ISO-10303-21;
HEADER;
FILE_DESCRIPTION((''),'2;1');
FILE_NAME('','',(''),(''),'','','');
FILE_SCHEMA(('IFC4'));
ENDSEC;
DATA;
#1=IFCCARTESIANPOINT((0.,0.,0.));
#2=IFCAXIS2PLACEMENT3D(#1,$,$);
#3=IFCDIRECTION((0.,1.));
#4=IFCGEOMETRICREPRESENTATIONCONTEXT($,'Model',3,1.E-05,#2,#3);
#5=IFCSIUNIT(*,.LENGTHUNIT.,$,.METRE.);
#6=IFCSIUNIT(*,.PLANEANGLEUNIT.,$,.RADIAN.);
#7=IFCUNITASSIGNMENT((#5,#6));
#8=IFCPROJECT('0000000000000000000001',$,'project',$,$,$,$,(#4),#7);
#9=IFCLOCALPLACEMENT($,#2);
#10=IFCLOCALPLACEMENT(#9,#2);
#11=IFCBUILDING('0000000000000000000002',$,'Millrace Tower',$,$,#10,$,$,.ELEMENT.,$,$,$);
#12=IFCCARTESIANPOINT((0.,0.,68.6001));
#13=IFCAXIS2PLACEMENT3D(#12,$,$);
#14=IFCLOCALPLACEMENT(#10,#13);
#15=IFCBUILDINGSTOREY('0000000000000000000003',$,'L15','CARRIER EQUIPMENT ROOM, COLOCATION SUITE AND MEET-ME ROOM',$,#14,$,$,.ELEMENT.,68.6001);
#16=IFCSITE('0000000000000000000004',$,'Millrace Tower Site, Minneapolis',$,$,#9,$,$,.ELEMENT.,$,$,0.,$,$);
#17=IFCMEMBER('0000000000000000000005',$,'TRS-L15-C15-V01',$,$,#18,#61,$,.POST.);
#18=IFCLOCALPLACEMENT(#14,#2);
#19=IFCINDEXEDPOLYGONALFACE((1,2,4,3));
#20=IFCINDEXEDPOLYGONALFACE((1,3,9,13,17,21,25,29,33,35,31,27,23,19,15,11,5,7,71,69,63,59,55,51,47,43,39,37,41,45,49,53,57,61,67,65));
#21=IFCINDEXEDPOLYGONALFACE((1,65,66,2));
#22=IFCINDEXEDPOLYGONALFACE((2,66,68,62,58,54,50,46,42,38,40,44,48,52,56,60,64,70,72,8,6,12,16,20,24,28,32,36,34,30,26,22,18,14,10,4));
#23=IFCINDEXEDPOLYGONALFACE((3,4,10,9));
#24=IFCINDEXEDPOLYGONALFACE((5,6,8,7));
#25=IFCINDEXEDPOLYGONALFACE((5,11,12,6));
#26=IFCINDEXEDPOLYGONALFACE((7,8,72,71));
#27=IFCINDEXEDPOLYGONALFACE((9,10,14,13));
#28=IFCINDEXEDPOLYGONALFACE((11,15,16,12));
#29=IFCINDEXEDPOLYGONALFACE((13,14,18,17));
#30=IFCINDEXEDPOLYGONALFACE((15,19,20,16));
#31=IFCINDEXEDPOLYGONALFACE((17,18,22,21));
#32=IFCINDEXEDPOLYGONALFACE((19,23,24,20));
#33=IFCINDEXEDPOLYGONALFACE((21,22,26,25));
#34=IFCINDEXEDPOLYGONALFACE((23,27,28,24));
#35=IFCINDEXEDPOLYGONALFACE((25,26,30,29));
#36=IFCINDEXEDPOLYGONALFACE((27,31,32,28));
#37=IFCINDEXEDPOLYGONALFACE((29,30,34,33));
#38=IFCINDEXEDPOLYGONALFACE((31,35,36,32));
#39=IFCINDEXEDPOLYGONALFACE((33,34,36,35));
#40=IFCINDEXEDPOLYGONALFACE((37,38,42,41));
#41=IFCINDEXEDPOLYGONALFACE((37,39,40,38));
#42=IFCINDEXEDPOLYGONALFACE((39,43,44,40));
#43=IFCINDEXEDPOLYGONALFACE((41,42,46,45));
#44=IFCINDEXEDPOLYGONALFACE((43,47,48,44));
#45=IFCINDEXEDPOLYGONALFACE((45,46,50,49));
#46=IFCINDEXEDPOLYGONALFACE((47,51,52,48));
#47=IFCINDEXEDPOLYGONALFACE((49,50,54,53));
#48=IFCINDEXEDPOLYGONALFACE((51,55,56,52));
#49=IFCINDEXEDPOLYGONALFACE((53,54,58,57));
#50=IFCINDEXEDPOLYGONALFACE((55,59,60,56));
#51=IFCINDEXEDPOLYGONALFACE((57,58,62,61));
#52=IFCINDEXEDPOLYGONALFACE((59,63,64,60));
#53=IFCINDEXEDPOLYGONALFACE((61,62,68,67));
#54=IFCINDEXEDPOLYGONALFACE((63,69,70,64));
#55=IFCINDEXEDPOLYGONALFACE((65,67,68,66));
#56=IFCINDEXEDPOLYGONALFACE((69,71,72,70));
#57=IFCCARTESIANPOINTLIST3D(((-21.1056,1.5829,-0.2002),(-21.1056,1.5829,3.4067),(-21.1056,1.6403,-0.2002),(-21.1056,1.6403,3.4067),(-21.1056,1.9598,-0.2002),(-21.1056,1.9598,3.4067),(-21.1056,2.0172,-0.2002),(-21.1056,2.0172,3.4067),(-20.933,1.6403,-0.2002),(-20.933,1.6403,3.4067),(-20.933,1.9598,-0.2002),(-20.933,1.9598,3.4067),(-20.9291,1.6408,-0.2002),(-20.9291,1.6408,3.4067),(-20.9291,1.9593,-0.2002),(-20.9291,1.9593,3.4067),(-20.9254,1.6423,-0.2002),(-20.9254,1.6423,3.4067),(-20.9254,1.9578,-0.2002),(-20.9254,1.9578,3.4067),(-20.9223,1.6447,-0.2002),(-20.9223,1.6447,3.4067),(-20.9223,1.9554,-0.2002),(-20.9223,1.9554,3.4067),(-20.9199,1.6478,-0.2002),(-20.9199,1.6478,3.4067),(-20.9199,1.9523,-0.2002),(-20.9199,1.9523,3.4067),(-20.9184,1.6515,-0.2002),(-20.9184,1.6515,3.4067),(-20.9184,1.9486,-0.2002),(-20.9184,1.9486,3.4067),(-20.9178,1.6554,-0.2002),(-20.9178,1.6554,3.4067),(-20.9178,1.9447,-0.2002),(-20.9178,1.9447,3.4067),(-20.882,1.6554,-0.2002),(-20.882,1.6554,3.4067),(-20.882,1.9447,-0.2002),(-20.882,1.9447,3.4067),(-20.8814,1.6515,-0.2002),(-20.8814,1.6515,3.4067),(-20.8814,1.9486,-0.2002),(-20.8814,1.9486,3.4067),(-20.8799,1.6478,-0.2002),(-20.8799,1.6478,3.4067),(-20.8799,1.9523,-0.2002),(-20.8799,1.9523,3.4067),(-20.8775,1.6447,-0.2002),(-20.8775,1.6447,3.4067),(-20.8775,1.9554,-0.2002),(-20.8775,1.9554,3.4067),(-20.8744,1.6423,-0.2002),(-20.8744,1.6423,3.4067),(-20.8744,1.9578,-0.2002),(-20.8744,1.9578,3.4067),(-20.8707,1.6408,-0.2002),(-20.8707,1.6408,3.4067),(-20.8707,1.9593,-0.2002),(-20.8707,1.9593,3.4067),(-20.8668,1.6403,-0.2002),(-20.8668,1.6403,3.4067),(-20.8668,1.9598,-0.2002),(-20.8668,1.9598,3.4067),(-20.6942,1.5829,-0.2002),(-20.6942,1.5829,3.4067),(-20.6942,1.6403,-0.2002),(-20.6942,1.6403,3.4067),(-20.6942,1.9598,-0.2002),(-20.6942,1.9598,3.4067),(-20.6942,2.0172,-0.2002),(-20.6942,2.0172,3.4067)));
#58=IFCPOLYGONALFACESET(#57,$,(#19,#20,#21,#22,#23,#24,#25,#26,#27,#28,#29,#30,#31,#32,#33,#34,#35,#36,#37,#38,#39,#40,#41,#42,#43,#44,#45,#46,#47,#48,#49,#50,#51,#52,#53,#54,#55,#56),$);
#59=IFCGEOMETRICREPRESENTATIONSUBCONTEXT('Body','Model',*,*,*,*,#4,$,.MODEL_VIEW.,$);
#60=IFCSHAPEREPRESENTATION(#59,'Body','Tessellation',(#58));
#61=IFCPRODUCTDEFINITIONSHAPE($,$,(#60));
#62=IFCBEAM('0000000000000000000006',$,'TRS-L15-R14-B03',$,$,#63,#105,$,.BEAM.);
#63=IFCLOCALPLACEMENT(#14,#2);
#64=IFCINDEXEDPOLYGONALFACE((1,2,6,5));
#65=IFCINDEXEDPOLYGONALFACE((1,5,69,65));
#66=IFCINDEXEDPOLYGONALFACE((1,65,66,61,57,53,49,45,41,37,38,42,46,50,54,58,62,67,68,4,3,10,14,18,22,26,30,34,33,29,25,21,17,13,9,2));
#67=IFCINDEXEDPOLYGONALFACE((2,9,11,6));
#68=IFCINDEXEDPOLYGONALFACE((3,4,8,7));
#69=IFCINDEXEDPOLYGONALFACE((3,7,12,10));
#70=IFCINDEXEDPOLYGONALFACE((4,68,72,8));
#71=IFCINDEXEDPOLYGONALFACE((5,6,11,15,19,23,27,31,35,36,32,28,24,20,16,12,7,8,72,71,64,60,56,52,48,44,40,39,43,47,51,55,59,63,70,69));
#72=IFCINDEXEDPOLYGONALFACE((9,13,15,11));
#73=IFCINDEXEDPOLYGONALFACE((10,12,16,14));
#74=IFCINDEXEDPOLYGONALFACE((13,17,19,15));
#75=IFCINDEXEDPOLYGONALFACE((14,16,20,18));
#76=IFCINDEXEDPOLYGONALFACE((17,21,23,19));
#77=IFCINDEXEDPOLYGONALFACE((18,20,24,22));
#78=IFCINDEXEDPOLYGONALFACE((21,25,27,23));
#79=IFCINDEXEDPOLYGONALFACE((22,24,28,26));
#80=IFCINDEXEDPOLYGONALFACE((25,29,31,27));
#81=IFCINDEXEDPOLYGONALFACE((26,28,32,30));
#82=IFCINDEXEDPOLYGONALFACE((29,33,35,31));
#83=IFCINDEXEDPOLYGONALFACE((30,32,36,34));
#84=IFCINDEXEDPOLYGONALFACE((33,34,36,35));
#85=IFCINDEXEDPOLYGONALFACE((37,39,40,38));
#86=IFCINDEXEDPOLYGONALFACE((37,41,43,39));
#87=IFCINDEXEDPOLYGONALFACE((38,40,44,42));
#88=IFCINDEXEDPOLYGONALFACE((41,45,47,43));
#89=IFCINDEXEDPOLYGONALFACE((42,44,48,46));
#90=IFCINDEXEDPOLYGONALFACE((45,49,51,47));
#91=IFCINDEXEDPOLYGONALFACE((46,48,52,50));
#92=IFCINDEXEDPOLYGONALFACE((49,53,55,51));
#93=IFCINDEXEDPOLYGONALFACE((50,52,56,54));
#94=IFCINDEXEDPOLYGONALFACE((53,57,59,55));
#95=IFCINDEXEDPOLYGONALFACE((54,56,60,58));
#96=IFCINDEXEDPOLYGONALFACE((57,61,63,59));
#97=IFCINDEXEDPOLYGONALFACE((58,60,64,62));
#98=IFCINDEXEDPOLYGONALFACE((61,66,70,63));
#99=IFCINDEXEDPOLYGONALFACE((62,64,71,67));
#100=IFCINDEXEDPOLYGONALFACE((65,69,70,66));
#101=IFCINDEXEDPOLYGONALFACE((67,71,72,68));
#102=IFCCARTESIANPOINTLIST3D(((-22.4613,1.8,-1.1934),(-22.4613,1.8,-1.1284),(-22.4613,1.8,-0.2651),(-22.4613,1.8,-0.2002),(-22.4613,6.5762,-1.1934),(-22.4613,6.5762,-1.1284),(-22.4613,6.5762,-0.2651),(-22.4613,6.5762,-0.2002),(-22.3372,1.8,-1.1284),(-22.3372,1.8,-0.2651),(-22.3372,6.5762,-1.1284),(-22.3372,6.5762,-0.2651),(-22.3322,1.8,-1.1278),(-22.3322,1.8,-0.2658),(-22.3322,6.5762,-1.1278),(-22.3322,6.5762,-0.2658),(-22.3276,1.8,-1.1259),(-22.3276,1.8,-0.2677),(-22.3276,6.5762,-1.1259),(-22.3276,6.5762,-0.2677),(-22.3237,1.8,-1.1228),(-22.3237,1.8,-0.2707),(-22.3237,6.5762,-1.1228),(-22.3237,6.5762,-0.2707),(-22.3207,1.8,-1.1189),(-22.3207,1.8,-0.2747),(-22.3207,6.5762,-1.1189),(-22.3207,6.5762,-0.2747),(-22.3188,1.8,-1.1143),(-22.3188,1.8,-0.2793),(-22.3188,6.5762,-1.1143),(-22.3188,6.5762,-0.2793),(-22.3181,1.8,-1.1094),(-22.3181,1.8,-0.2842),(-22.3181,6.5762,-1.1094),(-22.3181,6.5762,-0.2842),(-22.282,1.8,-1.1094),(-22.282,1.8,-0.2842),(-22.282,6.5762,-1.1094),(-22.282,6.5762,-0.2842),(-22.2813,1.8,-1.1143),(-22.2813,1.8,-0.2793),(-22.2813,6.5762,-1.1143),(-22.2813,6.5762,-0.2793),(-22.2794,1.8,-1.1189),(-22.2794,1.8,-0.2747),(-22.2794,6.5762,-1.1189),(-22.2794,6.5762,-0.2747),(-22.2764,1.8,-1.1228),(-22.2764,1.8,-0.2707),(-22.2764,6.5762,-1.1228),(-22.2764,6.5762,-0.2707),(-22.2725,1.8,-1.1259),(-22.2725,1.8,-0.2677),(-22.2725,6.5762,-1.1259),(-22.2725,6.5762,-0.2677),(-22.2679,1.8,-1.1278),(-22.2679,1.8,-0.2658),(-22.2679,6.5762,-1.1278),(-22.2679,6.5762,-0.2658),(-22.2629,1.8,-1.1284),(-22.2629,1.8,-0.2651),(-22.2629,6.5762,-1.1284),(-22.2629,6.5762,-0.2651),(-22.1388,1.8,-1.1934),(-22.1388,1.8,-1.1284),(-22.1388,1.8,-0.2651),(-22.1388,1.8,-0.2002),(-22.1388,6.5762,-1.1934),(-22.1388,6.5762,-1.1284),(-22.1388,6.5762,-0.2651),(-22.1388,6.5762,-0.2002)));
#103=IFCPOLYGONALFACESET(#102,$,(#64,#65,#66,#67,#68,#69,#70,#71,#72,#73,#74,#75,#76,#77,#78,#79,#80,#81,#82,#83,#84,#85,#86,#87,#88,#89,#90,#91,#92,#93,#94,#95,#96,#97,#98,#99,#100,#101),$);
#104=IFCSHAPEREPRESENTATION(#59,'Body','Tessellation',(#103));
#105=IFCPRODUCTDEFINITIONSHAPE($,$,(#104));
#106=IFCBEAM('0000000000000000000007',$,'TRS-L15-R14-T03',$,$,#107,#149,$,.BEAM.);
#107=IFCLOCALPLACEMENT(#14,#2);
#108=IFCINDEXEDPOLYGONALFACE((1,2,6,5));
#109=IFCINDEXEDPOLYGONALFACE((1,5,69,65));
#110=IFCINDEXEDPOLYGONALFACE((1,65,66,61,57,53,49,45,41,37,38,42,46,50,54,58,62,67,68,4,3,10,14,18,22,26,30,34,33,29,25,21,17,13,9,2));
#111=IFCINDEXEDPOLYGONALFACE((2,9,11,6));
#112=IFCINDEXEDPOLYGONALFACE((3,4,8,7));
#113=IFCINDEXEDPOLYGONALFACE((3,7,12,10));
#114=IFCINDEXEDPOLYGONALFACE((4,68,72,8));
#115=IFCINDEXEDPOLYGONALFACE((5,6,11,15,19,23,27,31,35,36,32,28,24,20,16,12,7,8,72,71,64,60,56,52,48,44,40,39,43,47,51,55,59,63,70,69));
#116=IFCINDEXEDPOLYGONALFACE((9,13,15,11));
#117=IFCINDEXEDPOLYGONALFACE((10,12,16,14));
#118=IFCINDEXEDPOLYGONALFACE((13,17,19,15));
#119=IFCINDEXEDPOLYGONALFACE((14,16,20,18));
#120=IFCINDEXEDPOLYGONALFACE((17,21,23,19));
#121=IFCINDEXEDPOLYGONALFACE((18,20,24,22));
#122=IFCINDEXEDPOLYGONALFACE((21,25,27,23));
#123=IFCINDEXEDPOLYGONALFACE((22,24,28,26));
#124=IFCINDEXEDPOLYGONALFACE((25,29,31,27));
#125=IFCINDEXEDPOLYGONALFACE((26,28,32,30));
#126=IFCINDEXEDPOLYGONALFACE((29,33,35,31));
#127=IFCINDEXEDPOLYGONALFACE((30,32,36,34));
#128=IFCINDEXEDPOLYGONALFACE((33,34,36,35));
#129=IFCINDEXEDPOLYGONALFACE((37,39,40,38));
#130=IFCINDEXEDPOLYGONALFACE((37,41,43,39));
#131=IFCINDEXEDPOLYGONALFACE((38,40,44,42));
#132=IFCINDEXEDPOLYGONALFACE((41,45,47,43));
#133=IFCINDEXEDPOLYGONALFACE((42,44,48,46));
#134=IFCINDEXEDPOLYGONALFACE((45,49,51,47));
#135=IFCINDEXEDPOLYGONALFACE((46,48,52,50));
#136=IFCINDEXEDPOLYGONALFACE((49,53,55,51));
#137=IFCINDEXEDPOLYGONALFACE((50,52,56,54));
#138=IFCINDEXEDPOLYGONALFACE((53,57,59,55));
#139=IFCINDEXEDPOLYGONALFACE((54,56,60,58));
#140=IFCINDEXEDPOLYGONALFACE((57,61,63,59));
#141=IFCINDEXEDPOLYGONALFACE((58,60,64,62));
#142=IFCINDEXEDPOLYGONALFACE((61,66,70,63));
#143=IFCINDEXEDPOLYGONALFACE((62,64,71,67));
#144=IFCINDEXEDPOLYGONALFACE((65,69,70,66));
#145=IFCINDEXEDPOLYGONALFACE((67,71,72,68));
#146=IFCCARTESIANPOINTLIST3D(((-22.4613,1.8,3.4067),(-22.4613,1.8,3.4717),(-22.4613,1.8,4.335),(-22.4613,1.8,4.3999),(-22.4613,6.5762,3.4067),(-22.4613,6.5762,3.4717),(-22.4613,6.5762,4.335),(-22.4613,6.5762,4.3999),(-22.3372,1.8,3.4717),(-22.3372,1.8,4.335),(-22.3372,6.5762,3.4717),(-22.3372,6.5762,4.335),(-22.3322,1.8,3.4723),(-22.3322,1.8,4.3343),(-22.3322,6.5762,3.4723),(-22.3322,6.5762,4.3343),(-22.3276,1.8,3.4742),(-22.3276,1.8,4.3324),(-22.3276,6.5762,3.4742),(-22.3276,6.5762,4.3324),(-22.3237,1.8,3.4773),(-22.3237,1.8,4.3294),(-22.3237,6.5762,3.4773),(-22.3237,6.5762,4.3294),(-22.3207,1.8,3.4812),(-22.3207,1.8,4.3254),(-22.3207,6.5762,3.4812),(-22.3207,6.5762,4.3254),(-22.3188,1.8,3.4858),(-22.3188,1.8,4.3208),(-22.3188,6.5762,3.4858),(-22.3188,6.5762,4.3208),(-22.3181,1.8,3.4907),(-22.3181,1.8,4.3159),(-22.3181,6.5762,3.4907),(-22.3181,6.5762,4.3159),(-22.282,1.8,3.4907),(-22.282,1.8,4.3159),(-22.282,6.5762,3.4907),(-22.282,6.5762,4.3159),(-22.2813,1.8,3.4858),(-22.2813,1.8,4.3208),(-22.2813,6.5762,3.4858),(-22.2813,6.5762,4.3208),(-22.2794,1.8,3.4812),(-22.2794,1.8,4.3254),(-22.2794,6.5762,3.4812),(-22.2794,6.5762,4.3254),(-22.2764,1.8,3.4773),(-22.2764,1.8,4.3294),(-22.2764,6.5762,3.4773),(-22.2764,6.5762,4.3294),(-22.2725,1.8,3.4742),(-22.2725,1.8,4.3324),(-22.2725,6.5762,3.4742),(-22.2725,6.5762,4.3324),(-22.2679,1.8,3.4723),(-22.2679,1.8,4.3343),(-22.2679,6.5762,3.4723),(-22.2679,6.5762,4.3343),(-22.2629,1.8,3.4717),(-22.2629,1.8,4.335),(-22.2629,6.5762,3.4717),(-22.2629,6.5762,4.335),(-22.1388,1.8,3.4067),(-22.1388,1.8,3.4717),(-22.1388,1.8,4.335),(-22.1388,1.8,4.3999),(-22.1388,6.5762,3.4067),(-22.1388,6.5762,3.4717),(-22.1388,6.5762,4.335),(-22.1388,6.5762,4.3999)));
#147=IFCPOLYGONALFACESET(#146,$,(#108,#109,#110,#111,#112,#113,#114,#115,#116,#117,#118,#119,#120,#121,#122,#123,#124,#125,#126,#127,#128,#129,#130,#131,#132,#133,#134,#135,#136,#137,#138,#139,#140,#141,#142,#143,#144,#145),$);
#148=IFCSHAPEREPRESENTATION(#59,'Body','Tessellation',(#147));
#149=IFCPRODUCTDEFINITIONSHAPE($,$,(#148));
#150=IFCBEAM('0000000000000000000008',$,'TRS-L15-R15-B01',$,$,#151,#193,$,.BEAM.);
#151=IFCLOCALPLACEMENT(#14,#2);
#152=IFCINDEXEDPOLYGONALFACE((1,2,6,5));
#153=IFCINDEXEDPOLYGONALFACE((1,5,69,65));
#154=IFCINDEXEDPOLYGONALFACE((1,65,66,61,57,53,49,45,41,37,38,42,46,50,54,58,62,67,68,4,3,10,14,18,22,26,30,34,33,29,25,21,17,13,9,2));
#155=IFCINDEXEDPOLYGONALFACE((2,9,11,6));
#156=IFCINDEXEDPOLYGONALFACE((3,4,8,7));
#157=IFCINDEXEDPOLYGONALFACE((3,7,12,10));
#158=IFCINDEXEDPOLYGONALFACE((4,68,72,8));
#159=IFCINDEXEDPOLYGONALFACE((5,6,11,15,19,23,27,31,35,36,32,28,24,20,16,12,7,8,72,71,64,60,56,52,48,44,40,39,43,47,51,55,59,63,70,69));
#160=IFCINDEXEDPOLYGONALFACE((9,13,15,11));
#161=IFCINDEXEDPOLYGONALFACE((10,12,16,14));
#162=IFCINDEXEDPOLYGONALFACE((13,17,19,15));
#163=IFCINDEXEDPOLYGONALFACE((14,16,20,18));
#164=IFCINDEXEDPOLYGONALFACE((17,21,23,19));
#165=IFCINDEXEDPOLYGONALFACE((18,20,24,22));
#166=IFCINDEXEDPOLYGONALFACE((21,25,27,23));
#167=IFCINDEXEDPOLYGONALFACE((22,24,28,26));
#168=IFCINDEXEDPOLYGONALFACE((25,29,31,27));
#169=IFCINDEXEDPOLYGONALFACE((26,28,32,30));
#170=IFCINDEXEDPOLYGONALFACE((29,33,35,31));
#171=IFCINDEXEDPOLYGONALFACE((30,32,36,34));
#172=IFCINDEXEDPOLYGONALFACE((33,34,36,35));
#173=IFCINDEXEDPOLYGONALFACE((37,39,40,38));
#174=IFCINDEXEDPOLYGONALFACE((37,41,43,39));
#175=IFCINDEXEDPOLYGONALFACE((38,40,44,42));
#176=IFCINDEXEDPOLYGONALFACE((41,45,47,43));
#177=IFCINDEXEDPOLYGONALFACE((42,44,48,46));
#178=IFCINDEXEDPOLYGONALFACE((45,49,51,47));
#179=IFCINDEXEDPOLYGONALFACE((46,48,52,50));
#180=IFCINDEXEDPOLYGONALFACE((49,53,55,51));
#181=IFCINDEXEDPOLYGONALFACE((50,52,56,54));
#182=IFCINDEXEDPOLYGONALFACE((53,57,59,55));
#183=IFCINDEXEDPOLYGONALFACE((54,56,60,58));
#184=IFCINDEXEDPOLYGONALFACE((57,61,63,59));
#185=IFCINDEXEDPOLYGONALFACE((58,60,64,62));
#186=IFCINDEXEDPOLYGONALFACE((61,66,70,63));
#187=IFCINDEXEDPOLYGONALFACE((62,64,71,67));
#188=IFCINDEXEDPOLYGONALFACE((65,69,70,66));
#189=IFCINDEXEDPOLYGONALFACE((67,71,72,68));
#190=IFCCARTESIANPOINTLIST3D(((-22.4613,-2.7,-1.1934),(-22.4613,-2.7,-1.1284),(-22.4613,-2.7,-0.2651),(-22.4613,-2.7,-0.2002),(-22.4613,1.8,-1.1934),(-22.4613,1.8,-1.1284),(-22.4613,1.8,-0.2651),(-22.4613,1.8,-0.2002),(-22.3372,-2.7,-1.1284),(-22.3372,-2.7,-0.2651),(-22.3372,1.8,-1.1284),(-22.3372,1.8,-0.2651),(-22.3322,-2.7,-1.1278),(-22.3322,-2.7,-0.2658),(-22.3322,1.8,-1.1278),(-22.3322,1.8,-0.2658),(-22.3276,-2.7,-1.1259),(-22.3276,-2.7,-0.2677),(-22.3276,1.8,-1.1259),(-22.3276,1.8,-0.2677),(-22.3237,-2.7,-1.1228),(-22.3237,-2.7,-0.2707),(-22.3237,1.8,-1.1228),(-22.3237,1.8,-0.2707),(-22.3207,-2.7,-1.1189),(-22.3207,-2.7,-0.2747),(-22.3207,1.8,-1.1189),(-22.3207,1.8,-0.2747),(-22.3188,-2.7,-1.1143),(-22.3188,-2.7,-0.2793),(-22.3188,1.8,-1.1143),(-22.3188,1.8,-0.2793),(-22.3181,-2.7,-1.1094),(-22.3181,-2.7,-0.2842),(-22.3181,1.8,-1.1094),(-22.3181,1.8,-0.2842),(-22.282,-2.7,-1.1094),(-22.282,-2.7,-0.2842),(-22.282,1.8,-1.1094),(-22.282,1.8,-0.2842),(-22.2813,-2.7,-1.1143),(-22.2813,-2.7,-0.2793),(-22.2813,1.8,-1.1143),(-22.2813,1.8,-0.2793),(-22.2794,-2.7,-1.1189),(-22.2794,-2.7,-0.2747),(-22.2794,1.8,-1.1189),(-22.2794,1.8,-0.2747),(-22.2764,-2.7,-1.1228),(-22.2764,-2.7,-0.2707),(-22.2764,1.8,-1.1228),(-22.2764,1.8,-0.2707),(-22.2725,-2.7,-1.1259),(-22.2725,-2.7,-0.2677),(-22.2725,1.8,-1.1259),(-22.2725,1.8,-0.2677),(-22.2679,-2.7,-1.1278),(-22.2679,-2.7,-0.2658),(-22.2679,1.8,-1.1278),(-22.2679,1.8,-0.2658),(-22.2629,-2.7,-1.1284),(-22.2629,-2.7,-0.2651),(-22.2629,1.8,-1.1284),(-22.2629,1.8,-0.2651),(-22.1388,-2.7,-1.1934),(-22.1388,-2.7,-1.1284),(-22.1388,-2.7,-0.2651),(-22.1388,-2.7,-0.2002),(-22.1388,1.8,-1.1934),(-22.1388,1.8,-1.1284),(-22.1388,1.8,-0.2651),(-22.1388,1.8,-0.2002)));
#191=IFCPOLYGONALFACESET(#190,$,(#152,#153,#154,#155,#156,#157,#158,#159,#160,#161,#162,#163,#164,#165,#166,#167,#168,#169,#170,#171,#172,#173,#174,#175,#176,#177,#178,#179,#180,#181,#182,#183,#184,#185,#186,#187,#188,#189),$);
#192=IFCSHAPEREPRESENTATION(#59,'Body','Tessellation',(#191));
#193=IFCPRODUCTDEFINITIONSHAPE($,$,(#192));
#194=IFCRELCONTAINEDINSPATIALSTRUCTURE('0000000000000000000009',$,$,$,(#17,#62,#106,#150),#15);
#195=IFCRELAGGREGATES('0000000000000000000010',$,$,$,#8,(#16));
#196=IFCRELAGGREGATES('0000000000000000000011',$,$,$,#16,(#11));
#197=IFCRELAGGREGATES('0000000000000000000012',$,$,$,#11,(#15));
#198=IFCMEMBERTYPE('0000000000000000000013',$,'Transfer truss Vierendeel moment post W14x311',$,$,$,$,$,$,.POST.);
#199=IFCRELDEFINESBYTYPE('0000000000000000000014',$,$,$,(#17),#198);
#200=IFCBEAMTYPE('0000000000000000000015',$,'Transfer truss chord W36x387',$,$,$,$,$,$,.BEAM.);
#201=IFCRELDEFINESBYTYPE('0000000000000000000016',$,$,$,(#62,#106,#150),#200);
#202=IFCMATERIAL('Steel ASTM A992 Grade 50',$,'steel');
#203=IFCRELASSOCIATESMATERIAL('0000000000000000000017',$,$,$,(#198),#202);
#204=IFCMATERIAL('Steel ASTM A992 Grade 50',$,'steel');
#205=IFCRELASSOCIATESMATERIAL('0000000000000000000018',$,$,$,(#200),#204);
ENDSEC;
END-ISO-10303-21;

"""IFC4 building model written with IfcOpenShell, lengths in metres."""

from ifc_helpers import new_model, si_unit, direction, frame, origin, origin_2d, place, context, subcontext, project, spatial, i_section, extrude, material, material_profile, profile_set, type_object, element, save


model = new_model("IFC4")

# Units and contexts
model_context = context("Model", 3, precision=1e-05, world=origin(), true_north=direction((0.0, 1.0)))
body_context = subcontext(model_context, "Body", "Model", "MODEL_VIEW")
ifc_project = project(units=[si_unit("LENGTHUNIT", "METRE"), si_unit("PLANEANGLEUNIT", "RADIAN")], contexts=[model_context])

# Site, building, storey
site_placement = place(None, origin())
site = spatial("IfcSite", under=ifc_project, at=site_placement, Name="Millrace Tower Site, Minneapolis", CompositionType="ELEMENT", RefElevation=0.0)
building_placement = place(site_placement, origin())
building = spatial("IfcBuilding", under=site, at=building_placement, Name="Millrace Tower", CompositionType="ELEMENT")
storey_placement = place(building_placement, frame((0.0, 0.0, 68.6001)))
storey = spatial("IfcBuildingStorey", under=building, at=storey_placement, Name="L15", Description="CARRIER EQUIPMENT ROOM, COLOCATION SUITE AND MEET-ME ROOM", CompositionType="ELEMENT", Elevation=68.6001)

# Member
ifc_material_1 = material(Name="Steel ASTM A992 Grade 50", Category="steel")
ifc_material_profile_1 = material_profile(ifc_material_1, i_section(OverallWidth=0.4114, OverallDepth=0.4343, WebThickness=0.0359, FlangeThickness=0.0574, FilletRadius=0.0151, at=origin_2d()))
ifc_profile_set_1 = profile_set([ifc_material_profile_1], Name="Steel ASTM A992 Grade 50")
member_type_1 = type_object("IfcMemberType", Name="Transfer truss Vierendeel moment post W14x311", PredefinedType="POST", material=ifc_profile_set_1)
for number, where, z_axis, x_axis, name in (
    (1, (-20.8999, 1.8, -0.2002), (0.0, 0.0, 1.0), (1.0, 0.0, 0.0), "TRS-L15-C15-V01"),
):
    element("IfcMember", number, at=place(storey_placement, frame(where, z_axis=z_axis, x_axis=x_axis)), inside=storey, type_object=member_type_1, Name=name, PredefinedType="POST", context=body_context, shape_type="SweptSolid", body=[
        extrude(i_section(OverallWidth=0.4114, OverallDepth=0.4343, WebThickness=0.0359, FlangeThickness=0.0574, FilletRadius=0.0151, at=origin_2d()), origin(), (0.0, 0.0, 1.0), 3.6069),
    ])

# Beams
ifc_material_2 = material(Name="Steel ASTM A992 Grade 50", Category="steel")
ifc_material_profile_2 = material_profile(ifc_material_2, i_section(OverallWidth=0.3225, OverallDepth=0.9932, WebThickness=0.0361, FlangeThickness=0.0649, FilletRadius=0.019, at=origin_2d()))
ifc_profile_set_2 = profile_set([ifc_material_profile_2], Name="Steel ASTM A992 Grade 50")
beam_type_1 = type_object("IfcBeamType", Name="Transfer truss chord W36x387", PredefinedType="BEAM", material=ifc_profile_set_2)
for number, where, z_axis, x_axis, name in (
    (2, (-22.3, 6.5762, -0.6968), (0.0, -1.0, 0.0), (1.0, 0.0, 0.0), "TRS-L15-R14-B03"),
    (3, (-22.3, 6.5762, 3.9033), (0.0, -1.0, 0.0), (1.0, 0.0, 0.0), "TRS-L15-R14-T03"),
):
    element("IfcBeam", number, at=place(storey_placement, frame(where, z_axis=z_axis, x_axis=x_axis)), inside=storey, type_object=beam_type_1, Name=name, PredefinedType="BEAM", context=body_context, shape_type="SweptSolid", body=[
        extrude(i_section(OverallWidth=0.3225, OverallDepth=0.9932, WebThickness=0.0361, FlangeThickness=0.0649, FilletRadius=0.019, at=origin_2d()), origin(), (0.0, 0.0, 1.0), 4.7761),
    ])
for number, where, z_axis, x_axis, name in (
    (4, (-22.3, 1.8, -0.6968), (0.0, -1.0, 0.0), (1.0, 0.0, 0.0), "TRS-L15-R15-B01"),
):
    element("IfcBeam", number, at=place(storey_placement, frame(where, z_axis=z_axis, x_axis=x_axis)), inside=storey, type_object=beam_type_1, Name=name, PredefinedType="BEAM", context=body_context, shape_type="SweptSolid", body=[
        extrude(i_section(OverallWidth=0.3225, OverallDepth=0.9932, WebThickness=0.0361, FlangeThickness=0.0649, FilletRadius=0.019, at=origin_2d()), origin(), (0.0, 0.0, 1.0), 4.5),
    ])

save(model, "model.ifc")
